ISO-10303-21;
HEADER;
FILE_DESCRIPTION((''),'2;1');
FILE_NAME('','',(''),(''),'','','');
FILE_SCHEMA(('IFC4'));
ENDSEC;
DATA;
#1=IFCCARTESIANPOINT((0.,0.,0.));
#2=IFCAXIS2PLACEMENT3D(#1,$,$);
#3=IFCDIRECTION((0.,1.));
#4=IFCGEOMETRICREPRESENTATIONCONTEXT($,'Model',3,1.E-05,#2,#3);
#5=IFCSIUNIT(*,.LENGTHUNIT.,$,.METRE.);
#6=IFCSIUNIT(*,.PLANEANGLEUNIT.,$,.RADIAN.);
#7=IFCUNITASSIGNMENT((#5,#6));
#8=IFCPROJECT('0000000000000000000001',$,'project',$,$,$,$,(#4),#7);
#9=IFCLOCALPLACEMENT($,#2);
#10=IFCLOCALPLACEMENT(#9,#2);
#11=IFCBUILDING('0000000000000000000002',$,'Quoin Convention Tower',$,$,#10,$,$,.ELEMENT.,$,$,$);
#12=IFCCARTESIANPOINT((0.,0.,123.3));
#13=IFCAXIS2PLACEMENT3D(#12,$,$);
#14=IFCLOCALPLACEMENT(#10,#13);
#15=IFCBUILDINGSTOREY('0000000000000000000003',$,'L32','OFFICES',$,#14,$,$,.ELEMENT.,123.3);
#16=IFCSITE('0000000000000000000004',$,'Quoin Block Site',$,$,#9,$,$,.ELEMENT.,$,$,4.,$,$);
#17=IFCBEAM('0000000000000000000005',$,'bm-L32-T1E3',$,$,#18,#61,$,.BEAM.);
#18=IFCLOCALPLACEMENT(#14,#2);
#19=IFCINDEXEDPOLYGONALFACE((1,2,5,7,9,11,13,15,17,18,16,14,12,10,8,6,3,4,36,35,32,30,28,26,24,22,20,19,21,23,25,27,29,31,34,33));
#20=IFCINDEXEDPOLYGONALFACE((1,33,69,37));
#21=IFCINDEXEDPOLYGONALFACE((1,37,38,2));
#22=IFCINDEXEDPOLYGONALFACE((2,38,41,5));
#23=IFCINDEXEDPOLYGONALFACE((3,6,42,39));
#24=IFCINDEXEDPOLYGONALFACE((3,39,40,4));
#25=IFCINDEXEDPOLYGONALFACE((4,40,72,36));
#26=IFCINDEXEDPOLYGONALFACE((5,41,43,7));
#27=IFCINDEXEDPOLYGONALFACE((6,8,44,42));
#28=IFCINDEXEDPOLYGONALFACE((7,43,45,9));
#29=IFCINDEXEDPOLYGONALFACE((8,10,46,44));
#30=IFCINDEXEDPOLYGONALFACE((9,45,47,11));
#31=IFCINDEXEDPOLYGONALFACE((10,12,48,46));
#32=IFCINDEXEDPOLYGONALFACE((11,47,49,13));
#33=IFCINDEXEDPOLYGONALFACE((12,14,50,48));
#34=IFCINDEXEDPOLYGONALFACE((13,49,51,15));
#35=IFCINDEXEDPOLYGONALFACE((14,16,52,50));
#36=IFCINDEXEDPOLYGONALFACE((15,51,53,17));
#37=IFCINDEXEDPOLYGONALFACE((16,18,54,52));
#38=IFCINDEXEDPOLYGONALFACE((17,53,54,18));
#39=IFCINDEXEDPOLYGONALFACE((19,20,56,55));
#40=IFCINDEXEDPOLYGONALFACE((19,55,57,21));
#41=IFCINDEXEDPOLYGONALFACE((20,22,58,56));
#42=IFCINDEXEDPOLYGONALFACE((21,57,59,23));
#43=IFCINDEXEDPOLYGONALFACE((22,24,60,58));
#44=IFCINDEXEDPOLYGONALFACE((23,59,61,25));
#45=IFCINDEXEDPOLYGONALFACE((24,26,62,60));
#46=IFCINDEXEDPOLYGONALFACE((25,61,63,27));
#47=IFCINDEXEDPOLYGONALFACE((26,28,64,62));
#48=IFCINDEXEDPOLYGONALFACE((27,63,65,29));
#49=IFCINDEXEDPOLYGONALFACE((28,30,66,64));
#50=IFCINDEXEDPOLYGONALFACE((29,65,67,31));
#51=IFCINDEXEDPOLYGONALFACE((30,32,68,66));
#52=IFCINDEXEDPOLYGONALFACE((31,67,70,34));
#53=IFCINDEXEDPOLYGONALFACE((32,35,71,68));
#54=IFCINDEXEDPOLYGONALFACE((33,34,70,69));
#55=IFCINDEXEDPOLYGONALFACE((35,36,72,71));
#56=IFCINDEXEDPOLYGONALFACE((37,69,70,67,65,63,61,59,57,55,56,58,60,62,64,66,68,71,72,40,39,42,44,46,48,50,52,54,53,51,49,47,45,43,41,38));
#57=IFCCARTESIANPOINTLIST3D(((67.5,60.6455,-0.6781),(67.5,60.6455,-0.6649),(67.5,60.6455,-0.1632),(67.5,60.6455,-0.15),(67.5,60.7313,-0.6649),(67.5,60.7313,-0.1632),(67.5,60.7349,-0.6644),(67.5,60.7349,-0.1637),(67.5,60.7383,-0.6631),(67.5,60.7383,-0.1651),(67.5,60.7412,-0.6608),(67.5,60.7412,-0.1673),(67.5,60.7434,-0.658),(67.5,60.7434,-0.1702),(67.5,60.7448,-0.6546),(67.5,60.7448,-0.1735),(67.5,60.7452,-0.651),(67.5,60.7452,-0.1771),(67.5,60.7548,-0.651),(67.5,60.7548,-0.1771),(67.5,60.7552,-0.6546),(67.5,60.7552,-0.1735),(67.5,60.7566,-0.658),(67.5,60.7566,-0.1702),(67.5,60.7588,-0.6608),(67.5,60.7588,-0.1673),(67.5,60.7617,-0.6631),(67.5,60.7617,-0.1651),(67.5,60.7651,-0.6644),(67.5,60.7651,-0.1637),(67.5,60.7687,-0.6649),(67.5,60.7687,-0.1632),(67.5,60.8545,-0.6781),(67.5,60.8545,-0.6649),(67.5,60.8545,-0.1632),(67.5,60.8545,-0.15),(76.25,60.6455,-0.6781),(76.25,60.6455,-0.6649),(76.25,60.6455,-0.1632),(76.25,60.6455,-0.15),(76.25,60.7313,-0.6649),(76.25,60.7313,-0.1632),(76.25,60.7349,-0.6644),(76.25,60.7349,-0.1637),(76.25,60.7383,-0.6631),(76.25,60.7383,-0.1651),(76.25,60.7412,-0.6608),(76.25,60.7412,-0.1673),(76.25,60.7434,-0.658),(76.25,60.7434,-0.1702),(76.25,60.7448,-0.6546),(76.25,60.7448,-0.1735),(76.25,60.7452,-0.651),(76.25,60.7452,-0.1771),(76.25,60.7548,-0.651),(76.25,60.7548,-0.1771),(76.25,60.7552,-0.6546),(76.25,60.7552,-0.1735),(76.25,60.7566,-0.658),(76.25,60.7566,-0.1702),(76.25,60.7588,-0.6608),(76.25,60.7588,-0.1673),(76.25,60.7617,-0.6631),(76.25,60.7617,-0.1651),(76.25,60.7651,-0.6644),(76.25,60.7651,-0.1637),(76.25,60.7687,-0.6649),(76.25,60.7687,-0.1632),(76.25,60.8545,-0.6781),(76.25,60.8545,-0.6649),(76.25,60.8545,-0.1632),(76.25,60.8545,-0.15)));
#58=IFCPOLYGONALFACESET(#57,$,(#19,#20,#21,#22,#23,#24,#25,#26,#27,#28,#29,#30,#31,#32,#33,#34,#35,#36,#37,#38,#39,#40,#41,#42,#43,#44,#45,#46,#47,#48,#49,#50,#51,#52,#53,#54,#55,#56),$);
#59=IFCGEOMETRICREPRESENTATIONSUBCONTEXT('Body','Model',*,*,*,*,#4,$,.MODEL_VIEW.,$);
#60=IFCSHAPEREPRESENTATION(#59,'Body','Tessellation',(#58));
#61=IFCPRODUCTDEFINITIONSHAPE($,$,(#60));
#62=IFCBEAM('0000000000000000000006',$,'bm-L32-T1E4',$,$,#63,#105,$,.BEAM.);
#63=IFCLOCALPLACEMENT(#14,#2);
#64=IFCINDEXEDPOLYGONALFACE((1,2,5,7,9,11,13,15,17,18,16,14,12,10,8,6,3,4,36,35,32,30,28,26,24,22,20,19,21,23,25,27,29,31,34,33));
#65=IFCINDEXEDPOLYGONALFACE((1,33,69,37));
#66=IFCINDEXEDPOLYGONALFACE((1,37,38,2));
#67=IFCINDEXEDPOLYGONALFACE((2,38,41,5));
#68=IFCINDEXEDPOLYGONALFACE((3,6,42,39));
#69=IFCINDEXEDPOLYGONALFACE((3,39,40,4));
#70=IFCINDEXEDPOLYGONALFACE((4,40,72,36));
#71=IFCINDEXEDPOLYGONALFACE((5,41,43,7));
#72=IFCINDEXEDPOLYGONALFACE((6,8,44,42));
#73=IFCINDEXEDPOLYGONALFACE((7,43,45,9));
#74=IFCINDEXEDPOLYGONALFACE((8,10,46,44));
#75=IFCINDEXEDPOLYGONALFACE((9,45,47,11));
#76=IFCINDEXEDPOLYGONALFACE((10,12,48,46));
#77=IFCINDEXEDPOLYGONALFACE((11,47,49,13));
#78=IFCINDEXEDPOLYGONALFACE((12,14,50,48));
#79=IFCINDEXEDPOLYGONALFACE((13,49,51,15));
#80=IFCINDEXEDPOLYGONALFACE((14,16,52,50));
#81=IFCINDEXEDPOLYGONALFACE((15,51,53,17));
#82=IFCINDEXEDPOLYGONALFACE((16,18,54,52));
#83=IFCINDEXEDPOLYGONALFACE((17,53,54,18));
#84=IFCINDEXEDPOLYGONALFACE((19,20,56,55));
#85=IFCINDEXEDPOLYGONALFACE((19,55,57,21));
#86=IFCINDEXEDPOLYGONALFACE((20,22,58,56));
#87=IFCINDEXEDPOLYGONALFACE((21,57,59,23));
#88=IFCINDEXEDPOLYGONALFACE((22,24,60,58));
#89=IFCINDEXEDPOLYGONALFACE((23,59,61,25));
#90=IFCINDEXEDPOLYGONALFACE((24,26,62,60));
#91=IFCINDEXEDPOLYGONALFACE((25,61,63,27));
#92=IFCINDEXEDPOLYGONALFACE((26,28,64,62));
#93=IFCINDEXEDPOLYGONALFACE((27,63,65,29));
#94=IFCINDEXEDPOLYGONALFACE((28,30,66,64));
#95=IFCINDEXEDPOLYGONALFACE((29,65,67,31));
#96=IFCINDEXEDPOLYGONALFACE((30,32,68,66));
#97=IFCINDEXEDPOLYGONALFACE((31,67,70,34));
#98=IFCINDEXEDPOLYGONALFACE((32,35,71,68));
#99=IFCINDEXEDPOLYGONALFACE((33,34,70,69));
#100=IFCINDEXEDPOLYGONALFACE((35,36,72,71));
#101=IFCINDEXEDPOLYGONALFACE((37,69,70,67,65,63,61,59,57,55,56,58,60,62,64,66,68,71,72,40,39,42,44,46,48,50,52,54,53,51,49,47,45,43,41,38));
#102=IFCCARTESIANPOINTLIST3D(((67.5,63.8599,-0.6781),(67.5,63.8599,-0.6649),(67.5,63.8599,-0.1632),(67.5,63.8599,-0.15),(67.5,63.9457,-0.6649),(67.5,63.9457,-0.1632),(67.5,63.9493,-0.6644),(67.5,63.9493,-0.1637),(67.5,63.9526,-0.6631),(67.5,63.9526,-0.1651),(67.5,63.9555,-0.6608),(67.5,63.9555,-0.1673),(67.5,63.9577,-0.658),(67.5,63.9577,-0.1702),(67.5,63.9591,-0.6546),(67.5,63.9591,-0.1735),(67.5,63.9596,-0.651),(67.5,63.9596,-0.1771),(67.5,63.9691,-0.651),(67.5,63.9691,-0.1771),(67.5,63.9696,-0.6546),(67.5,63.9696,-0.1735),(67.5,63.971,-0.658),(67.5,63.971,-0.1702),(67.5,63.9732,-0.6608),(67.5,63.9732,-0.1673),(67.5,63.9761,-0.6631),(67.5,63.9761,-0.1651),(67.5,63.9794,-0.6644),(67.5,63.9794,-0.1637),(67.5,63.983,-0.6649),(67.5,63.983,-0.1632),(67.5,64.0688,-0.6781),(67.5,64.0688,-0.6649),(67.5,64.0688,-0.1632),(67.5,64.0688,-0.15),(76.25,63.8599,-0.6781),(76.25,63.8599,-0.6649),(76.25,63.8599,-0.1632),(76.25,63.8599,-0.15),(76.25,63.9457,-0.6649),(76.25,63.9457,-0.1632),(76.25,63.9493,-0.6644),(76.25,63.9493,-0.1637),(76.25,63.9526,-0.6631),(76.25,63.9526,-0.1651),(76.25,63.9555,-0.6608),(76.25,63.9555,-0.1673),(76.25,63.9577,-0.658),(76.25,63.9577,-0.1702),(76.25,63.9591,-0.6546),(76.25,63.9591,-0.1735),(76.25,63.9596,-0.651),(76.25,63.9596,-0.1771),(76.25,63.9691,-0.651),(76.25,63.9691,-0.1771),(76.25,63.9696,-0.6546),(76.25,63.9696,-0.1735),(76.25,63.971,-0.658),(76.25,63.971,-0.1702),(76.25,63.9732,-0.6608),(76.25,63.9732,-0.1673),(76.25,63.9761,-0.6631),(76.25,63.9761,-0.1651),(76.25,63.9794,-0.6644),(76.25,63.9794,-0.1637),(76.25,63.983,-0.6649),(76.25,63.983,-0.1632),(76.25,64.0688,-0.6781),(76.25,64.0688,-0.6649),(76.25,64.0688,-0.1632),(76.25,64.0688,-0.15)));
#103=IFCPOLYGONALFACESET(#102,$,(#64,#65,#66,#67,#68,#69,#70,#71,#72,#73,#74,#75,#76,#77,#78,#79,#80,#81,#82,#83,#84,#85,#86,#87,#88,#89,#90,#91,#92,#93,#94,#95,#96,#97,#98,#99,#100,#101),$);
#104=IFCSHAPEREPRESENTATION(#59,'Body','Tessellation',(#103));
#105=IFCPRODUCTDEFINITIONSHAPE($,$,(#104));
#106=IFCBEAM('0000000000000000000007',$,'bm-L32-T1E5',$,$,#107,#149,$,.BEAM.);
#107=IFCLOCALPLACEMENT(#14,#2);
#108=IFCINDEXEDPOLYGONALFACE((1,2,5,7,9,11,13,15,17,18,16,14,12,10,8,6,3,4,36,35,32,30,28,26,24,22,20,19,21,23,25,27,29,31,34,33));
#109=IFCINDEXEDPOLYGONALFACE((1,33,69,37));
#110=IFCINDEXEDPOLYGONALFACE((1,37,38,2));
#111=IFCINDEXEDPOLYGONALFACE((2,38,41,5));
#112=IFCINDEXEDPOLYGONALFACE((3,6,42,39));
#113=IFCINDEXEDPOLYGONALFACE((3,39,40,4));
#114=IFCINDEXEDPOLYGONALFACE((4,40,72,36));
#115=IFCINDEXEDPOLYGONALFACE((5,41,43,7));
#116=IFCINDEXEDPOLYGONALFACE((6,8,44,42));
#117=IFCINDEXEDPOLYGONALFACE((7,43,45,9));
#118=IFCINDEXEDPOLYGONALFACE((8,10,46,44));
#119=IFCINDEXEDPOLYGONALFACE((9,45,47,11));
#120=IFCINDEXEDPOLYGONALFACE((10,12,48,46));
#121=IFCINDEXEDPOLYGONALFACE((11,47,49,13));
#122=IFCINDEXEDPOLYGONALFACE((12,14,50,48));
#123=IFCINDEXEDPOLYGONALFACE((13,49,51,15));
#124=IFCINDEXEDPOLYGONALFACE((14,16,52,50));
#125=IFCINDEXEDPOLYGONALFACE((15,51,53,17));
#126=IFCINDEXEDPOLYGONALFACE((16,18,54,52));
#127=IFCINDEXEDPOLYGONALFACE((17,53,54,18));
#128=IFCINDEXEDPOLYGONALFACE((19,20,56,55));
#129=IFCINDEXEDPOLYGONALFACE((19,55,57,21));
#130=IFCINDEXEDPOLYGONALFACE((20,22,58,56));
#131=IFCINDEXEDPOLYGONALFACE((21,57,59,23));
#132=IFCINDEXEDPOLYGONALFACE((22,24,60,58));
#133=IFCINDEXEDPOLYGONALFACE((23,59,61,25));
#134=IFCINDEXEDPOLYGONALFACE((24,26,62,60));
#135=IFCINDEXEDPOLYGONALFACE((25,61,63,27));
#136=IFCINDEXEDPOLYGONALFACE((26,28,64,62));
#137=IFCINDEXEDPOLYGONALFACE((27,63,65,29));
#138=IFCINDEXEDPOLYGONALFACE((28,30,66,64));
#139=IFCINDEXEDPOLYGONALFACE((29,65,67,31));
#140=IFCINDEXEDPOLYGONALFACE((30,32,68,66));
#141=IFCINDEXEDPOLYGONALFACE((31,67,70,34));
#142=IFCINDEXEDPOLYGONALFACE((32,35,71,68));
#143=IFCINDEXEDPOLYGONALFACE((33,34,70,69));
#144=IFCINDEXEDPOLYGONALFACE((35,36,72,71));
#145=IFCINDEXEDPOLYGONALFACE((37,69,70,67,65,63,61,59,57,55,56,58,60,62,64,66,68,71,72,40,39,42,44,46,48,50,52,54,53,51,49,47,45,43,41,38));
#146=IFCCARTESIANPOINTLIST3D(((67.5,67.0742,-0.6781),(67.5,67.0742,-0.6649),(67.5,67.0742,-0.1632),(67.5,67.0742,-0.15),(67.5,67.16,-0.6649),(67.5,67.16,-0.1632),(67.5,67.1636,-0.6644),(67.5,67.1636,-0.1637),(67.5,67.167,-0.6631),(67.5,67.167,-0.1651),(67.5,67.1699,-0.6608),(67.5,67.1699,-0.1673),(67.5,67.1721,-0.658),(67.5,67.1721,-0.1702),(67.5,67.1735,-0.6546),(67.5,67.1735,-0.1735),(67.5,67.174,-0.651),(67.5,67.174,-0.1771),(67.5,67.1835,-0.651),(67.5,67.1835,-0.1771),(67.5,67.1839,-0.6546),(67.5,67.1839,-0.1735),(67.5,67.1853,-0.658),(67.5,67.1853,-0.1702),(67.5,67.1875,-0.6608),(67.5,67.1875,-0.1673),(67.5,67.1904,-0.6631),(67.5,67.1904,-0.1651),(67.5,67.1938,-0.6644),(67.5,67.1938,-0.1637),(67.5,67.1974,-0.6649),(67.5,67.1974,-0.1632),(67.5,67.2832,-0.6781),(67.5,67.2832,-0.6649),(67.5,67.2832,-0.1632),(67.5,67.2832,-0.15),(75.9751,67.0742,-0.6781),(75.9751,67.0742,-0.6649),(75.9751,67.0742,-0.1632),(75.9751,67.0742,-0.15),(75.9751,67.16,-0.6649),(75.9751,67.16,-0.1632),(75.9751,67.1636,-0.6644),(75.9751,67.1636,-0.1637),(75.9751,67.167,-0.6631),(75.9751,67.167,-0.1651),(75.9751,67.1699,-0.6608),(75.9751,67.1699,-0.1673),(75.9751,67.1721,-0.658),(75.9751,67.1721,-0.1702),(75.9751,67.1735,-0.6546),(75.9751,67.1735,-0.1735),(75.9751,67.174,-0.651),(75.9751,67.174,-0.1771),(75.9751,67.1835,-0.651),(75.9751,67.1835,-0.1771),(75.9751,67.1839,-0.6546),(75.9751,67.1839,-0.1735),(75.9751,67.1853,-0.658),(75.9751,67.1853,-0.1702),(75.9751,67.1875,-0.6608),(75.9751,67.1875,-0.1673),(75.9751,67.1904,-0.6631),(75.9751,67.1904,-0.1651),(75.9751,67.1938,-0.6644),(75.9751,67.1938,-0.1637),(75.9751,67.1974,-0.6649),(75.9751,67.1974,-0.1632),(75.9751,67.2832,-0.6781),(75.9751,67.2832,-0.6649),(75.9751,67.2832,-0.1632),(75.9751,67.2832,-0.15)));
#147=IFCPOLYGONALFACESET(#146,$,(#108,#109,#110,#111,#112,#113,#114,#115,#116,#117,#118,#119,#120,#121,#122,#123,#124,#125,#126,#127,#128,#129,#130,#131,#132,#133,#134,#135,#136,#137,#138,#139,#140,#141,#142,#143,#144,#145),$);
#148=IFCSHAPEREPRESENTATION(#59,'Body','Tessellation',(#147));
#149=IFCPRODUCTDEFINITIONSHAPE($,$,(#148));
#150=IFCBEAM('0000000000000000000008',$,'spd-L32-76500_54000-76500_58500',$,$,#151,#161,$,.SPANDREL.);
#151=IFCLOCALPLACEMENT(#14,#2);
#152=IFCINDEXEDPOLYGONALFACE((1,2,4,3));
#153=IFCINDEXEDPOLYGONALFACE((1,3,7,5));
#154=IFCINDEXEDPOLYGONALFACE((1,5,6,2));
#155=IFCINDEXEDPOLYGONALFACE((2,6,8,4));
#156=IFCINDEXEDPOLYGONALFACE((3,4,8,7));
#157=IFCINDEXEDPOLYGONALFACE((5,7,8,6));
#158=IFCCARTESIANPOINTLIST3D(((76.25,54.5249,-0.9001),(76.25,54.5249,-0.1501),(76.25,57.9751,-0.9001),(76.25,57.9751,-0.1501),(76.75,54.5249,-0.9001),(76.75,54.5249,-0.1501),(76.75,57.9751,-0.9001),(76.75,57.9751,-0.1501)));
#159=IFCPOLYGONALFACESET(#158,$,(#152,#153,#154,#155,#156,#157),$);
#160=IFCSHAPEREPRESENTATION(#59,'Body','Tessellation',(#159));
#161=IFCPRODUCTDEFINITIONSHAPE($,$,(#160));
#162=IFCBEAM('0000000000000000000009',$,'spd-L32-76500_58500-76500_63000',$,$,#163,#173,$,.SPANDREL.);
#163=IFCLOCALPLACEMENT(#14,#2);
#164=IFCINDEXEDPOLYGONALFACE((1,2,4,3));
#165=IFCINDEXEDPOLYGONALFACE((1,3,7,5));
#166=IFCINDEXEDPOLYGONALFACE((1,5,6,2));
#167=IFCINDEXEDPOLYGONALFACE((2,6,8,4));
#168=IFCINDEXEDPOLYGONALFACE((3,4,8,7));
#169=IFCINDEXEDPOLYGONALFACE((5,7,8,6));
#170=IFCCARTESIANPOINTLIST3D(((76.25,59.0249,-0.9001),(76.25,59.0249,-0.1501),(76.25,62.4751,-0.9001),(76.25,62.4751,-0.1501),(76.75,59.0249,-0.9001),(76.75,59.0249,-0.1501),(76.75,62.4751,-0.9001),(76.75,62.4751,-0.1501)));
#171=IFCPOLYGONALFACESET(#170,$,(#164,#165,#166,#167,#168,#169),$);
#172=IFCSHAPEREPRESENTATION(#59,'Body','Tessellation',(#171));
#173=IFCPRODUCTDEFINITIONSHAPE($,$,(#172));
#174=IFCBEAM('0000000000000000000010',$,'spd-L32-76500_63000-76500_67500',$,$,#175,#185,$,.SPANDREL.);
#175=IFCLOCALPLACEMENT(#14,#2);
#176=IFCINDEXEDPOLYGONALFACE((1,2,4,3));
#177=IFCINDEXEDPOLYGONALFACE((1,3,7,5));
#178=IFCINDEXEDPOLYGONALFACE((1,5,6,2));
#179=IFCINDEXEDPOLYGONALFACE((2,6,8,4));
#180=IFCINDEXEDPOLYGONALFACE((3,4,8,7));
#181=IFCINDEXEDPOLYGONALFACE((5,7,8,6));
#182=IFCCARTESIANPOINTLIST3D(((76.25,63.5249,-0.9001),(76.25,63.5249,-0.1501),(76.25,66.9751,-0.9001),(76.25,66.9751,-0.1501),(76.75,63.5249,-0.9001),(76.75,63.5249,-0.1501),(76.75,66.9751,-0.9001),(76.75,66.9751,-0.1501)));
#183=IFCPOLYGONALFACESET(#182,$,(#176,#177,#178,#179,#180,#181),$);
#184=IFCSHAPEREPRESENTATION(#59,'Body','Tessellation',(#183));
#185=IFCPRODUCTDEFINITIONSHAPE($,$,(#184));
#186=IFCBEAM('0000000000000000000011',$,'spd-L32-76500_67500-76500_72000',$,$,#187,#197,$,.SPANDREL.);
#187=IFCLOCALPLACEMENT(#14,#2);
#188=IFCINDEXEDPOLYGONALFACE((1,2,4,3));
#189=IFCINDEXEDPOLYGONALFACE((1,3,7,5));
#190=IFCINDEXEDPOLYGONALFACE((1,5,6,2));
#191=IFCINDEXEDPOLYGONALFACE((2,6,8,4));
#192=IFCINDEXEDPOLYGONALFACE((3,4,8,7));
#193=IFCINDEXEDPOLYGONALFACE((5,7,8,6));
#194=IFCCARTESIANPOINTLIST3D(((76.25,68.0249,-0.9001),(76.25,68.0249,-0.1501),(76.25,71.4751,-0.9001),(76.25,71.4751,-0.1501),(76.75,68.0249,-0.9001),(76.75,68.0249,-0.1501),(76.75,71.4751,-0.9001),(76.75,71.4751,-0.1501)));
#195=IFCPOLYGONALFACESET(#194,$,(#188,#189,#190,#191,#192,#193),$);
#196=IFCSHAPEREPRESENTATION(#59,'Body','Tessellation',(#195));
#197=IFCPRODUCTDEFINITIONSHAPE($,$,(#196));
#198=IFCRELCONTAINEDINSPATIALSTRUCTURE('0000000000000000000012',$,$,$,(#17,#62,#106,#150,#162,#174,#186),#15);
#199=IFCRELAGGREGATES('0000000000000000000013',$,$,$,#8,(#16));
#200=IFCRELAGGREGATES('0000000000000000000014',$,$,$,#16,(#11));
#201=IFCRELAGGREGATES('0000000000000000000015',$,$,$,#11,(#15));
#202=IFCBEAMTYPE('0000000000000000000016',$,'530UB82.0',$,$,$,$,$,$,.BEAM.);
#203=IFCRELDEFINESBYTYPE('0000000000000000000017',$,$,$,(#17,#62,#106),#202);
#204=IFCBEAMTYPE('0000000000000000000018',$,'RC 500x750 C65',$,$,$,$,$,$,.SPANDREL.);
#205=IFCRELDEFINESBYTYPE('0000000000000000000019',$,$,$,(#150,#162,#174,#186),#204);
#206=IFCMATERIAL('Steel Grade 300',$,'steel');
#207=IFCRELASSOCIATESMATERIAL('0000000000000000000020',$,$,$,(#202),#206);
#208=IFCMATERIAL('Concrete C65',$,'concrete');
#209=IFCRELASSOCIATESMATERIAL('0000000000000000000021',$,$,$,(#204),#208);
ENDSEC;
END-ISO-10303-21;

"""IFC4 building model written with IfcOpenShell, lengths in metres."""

from ifc_helpers import new_model, si_unit, direction, frame, origin, origin_2d, place, context, subcontext, project, spatial, rectangle, i_section, extrude, material, material_profile, profile_set, type_object, element, save


model = new_model("IFC4")

# Units and contexts
model_context = context("Model", 3, precision=1e-05, world=origin(), true_north=direction((0.0, 1.0)))
body_context = subcontext(model_context, "Body", "Model", "MODEL_VIEW")
ifc_project = project(units=[si_unit("LENGTHUNIT", "METRE"), si_unit("PLANEANGLEUNIT", "RADIAN")], contexts=[model_context])

# Site, building, storey
site_placement = place(None, origin())
site = spatial("IfcSite", under=ifc_project, at=site_placement, Name="Quoin Block Site", CompositionType="ELEMENT", RefElevation=4.0)
building_placement = place(site_placement, origin())
building = spatial("IfcBuilding", under=site, at=building_placement, Name="Quoin Convention Tower", CompositionType="ELEMENT")
storey_placement = place(building_placement, frame((0.0, 0.0, 123.3)))
storey = spatial("IfcBuildingStorey", under=building, at=storey_placement, Name="L32", Description="OFFICES", CompositionType="ELEMENT", Elevation=123.3)

# Shared definitions
ifc_material_1 = material(Name="Concrete C65", Category="concrete")

# Beams
ifc_material_2 = material(Name="Steel Grade 300", Category="steel")
ifc_material_profile_1 = material_profile(ifc_material_2, i_section(OverallWidth=0.209, OverallDepth=0.5281, WebThickness=0.0095, FlangeThickness=0.0132, FilletRadius=0.0139, at=origin_2d()), Name="530UB82.0")
ifc_profile_set_1 = profile_set([ifc_material_profile_1], Name="Steel Grade 300")
beam_type_1 = type_object("IfcBeamType", Name="530UB82.0", PredefinedType="BEAM", material=ifc_profile_set_1)
for number, where, z_axis, x_axis, name in (
    (1, (67.5, 60.75, -0.4141), (1.0, 0.0, 0.0), (0.0, 1.0, 0.0), "bm-L32-T1E3"),
    (2, (67.5, 63.9644, -0.4141), (1.0, 0.0, 0.0), (0.0, 1.0, 0.0), "bm-L32-T1E4"),
):
    element("IfcBeam", number, at=place(storey_placement, frame(where, z_axis=z_axis, x_axis=x_axis)), inside=storey, type_object=beam_type_1, Name=name, PredefinedType="BEAM", context=body_context, shape_type="SweptSolid", body=[
        extrude(i_section(OverallWidth=0.209, OverallDepth=0.5281, WebThickness=0.0095, FlangeThickness=0.0132, FilletRadius=0.0139, at=origin_2d()), origin(), (0.0, 0.0, 1.0), 8.75),
    ])
beam_1_placement = place(storey_placement, frame((67.5, 67.1787, -0.4141), z_axis=(1.0, 0.0, 0.0), x_axis=(0.0, 1.0, 0.0)))
element("IfcBeam", 3, at=beam_1_placement, inside=storey, type_object=beam_type_1, Name="bm-L32-T1E5", PredefinedType="BEAM", context=body_context, shape_type="SweptSolid", body=[
    extrude(i_section(OverallWidth=0.209, OverallDepth=0.5281, WebThickness=0.0095, FlangeThickness=0.0132, FilletRadius=0.0139, at=origin_2d()), origin(), (0.0, 0.0, 1.0), 8.4751),
])
ifc_material_profile_2 = material_profile(ifc_material_1, rectangle(XDim=0.5, YDim=0.75, at=origin_2d()), Name="RC 500x750")
ifc_profile_set_2 = profile_set([ifc_material_profile_2], Name="Concrete C65")
beam_type_2 = type_object("IfcBeamType", Name="RC 500x750 C65", PredefinedType="SPANDREL", material=ifc_profile_set_2)
for number, where, z_axis, x_axis, name in (
    (4, (76.5, 54.5249, -0.5251), (0.0, 1.0, 0.0), (-1.0, 0.0, 0.0), "spd-L32-76500_54000-76500_58500"),
    (5, (76.5, 59.0249, -0.5251), (0.0, 1.0, 0.0), (-1.0, 0.0, 0.0), "spd-L32-76500_58500-76500_63000"),
    (6, (76.5, 63.5249, -0.5251), (0.0, 1.0, 0.0), (-1.0, 0.0, 0.0), "spd-L32-76500_63000-76500_67500"),
    (7, (76.5, 68.0249, -0.5251), (0.0, 1.0, 0.0), (-1.0, 0.0, 0.0), "spd-L32-76500_67500-76500_72000"),
):
    element("IfcBeam", number, at=place(storey_placement, frame(where, z_axis=z_axis, x_axis=x_axis)), inside=storey, type_object=beam_type_2, Name=name, PredefinedType="SPANDREL", context=body_context, shape_type="SweptSolid", body=[
        extrude(rectangle(XDim=0.5, YDim=0.75, at=origin_2d()), origin(), (0.0, 0.0, 1.0), 3.4502),
    ])

save(model, "model.ifc")
